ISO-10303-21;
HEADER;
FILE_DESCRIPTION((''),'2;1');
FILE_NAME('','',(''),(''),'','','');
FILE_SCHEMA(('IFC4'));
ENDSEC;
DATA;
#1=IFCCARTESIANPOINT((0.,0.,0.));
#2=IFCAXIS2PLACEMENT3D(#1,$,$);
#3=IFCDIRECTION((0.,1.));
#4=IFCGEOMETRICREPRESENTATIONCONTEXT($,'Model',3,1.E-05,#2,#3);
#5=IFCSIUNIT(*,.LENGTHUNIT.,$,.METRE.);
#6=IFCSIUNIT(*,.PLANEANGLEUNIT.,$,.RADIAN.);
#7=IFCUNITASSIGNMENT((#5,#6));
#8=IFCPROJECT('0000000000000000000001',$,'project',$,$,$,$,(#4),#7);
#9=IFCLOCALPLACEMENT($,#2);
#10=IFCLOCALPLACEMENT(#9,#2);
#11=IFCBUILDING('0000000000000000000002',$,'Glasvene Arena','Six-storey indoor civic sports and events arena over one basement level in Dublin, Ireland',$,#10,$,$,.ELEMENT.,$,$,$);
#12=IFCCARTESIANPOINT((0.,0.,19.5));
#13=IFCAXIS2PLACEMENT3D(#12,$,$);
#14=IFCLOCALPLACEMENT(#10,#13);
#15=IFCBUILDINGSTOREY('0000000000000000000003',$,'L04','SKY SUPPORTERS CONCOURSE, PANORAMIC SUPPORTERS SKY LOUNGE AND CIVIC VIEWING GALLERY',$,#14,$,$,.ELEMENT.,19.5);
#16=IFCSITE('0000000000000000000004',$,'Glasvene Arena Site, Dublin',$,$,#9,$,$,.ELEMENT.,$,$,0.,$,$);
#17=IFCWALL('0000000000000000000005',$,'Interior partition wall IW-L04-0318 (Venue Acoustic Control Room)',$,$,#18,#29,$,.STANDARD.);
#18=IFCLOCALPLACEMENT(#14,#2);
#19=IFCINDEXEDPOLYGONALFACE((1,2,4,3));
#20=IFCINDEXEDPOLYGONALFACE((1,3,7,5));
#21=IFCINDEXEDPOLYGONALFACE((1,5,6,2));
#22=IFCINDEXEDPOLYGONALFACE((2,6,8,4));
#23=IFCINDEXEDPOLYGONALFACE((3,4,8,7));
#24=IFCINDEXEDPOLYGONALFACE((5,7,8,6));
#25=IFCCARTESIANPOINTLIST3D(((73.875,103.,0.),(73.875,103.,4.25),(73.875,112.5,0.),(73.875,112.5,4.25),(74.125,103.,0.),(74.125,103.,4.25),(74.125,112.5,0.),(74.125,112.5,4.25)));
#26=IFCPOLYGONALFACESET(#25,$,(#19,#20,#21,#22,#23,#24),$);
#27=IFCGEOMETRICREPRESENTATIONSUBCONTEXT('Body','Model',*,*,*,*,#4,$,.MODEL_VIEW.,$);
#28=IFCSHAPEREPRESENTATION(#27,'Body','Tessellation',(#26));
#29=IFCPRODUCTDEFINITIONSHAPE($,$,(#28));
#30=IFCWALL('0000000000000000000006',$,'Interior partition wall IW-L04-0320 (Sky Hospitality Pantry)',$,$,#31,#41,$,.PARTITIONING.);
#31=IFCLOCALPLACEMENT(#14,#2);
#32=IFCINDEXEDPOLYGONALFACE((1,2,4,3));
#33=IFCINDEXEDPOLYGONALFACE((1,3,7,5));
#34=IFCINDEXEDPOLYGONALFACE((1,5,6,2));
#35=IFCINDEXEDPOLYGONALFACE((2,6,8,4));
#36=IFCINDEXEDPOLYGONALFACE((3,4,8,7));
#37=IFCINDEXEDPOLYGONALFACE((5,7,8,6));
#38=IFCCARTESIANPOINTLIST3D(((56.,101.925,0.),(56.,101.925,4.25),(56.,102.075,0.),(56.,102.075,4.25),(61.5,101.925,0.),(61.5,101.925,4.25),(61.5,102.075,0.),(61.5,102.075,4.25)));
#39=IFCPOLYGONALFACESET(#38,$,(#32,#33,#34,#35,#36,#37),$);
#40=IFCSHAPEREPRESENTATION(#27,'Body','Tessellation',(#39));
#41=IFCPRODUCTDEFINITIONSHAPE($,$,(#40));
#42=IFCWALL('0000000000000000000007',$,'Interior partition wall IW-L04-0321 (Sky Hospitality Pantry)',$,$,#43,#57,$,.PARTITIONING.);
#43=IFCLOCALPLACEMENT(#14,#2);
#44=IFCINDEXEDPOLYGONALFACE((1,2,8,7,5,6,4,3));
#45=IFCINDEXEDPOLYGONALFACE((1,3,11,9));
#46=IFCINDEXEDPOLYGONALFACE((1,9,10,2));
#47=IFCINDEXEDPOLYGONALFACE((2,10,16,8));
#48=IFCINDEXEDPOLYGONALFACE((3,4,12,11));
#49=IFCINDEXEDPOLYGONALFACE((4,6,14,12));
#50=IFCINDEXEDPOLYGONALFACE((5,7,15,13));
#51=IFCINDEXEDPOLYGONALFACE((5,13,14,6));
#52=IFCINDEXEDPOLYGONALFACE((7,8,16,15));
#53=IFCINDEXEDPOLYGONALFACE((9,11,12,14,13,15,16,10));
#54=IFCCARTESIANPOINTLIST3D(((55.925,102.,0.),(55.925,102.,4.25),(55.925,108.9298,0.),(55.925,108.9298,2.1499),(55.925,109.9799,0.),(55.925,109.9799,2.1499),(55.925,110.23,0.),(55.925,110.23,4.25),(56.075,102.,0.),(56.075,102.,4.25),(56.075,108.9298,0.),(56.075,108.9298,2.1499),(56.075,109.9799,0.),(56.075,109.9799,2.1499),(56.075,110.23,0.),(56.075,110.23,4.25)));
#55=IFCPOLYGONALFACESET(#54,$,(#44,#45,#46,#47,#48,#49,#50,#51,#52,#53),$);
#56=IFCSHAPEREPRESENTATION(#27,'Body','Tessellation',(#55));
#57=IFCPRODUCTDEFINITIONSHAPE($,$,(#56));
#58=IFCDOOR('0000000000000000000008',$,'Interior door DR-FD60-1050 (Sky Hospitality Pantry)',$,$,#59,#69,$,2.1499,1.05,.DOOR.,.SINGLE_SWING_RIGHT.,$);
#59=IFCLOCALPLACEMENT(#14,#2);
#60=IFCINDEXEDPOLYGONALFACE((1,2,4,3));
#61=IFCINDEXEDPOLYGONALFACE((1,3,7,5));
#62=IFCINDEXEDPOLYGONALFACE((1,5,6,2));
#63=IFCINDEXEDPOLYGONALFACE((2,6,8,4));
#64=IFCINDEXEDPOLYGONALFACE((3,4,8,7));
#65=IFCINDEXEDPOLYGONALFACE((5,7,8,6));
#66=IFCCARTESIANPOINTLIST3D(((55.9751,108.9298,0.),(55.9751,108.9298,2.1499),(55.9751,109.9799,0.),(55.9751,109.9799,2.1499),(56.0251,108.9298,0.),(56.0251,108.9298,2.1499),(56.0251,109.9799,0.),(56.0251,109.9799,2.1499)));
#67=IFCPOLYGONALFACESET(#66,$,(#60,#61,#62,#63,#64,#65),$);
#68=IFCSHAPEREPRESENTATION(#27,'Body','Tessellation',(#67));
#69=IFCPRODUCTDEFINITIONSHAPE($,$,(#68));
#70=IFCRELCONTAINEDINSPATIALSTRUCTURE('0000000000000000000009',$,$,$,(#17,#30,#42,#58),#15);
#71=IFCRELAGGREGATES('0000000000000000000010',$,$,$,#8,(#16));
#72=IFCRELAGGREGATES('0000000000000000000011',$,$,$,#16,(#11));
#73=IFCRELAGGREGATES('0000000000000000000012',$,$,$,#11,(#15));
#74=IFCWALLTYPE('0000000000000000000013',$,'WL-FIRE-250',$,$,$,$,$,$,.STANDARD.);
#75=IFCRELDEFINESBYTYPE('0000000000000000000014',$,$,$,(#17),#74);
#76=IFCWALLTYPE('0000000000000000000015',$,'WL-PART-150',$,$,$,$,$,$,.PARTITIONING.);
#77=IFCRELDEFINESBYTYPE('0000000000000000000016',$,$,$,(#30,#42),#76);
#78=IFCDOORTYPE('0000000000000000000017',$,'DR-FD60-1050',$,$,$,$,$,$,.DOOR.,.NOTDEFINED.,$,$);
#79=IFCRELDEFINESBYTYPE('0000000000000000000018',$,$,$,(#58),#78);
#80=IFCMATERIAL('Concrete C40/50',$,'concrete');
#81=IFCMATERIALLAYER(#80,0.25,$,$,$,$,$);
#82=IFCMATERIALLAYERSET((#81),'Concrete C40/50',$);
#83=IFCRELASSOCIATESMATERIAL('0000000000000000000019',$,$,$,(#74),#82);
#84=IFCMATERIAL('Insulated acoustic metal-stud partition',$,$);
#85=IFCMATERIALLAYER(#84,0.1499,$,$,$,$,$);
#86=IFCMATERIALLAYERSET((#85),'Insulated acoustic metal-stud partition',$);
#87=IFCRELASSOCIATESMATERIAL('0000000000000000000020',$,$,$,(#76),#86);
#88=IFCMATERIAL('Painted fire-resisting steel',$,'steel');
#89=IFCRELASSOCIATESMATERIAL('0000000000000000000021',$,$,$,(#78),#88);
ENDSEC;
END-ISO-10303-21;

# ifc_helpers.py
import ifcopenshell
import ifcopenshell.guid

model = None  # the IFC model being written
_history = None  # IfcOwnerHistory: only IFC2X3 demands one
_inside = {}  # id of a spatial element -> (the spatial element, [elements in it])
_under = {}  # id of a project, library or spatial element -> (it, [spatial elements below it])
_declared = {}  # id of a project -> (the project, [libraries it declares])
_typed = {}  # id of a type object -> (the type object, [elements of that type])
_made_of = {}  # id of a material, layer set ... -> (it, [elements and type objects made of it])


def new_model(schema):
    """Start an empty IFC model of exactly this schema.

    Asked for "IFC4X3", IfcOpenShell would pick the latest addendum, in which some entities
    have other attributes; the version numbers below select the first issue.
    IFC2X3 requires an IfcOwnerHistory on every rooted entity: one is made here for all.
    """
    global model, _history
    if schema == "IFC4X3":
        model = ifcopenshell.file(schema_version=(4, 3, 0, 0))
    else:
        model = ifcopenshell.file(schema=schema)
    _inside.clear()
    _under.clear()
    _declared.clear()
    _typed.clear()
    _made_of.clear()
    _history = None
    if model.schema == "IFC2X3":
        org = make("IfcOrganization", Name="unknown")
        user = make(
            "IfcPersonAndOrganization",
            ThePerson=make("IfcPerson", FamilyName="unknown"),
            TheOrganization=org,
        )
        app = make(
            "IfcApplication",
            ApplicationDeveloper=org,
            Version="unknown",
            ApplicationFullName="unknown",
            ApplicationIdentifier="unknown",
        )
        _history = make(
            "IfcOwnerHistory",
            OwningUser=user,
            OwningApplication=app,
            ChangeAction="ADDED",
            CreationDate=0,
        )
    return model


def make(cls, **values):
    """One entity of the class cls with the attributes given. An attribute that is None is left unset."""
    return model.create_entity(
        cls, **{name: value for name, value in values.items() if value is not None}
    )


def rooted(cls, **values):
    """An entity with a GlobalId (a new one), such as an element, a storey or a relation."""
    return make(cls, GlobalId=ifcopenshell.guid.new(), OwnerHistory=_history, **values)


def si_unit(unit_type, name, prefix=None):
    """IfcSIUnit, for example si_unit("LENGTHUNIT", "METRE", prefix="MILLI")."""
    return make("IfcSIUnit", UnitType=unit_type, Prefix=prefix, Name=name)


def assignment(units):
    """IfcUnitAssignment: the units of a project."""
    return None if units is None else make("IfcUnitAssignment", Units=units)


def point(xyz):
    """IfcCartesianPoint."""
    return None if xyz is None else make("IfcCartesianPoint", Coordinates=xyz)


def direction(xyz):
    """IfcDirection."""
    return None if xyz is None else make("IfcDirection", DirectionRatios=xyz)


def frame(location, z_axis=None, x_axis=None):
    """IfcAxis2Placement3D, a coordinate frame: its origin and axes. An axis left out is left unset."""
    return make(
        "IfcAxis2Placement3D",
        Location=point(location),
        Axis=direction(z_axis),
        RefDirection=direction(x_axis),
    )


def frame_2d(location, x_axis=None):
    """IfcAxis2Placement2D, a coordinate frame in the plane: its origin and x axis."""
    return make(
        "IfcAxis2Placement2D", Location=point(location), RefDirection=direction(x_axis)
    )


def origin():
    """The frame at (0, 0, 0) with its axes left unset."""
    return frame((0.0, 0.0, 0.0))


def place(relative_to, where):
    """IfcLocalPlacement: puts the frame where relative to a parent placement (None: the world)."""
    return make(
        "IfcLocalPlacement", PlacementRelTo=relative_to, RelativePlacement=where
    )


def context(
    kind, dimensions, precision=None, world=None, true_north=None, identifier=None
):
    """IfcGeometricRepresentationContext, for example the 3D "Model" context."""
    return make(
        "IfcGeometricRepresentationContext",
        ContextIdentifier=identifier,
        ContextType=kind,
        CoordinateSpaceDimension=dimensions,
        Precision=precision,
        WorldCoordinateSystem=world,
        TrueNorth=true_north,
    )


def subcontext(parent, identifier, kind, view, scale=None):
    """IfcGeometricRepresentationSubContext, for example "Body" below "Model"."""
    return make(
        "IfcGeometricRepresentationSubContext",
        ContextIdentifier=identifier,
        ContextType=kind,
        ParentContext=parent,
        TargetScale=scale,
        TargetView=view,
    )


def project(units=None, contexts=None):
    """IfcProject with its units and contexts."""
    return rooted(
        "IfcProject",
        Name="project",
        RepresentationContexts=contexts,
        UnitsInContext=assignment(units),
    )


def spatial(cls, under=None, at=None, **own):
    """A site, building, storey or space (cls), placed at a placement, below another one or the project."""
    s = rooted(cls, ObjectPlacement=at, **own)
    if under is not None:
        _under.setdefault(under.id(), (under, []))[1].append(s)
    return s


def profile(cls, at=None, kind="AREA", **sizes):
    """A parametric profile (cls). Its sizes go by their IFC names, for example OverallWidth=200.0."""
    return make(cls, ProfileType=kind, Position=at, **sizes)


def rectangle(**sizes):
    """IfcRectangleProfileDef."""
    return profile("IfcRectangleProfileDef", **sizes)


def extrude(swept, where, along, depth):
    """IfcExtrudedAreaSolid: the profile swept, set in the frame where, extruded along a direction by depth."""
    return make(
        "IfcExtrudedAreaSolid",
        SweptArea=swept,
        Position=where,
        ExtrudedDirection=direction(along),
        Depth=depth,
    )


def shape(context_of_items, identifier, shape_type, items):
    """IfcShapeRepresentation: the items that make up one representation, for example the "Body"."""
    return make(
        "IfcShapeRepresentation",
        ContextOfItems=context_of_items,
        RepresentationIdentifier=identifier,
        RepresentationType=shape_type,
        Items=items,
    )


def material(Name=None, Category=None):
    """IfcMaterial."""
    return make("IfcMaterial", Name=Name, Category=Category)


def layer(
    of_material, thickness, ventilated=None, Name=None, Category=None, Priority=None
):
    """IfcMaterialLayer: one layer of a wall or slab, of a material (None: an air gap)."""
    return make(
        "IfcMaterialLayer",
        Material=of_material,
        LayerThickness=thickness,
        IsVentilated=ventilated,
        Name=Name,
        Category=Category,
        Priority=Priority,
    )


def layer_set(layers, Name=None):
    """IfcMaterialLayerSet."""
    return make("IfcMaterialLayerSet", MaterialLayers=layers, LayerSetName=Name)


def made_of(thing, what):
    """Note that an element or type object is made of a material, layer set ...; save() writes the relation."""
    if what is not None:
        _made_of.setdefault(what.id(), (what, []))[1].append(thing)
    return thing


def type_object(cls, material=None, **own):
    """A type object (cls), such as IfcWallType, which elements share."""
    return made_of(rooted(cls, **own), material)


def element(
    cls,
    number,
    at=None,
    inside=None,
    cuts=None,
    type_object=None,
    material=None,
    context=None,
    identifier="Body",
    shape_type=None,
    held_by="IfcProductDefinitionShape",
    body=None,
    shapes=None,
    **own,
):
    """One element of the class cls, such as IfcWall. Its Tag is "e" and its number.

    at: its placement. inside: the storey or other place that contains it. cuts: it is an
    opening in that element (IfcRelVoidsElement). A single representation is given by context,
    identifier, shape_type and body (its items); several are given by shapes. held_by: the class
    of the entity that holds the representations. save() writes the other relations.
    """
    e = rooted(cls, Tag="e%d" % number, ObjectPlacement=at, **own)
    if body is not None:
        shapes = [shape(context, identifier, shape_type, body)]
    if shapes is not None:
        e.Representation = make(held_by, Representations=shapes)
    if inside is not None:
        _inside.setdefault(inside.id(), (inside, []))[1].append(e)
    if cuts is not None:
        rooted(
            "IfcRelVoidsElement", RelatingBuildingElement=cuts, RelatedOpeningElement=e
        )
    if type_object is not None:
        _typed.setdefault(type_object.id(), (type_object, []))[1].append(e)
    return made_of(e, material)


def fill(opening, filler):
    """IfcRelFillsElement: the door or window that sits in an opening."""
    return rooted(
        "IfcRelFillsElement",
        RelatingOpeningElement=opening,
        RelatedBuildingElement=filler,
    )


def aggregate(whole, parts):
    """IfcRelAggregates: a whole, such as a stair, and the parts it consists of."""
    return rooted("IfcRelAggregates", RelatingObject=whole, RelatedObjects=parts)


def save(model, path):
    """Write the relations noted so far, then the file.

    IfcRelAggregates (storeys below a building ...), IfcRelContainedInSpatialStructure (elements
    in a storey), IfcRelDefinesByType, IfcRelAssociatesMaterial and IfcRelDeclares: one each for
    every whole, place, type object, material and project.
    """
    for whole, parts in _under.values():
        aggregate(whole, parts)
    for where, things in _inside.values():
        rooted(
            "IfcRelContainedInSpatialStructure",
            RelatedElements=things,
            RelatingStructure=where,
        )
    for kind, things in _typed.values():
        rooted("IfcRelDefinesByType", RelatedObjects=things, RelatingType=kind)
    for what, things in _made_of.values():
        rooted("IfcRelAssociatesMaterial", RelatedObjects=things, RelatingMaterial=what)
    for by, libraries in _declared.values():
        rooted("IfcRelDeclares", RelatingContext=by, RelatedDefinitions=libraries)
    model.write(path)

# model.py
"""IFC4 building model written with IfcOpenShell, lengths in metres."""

from ifc_helpers import new_model, si_unit, direction, frame, frame_2d, origin, place, context, subcontext, project, spatial, rectangle, extrude, material, layer, layer_set, type_object, element, fill, save


model = new_model("IFC4")

# Units and contexts
model_context = context("Model", 3, precision=1e-05, world=origin(), true_north=direction((0.0, 1.0)))
body_context = subcontext(model_context, "Body", "Model", "MODEL_VIEW")
ifc_project = project(units=[si_unit("LENGTHUNIT", "METRE"), si_unit("PLANEANGLEUNIT", "RADIAN")], contexts=[model_context])

# Site, building, storey
site_placement = place(None, origin())
site = spatial("IfcSite", under=ifc_project, at=site_placement, Name="Glasvene Arena Site, Dublin", CompositionType="ELEMENT", RefElevation=0.0)
building_placement = place(site_placement, origin())
building = spatial("IfcBuilding", under=site, at=building_placement, Name="Glasvene Arena", Description="Six-storey indoor civic sports and events arena over one basement level in Dublin, Ireland", CompositionType="ELEMENT")
storey_placement = place(building_placement, frame((0.0, 0.0, 19.5)))
storey = spatial("IfcBuildingStorey", under=building, at=storey_placement, Name="L04", Description="SKY SUPPORTERS CONCOURSE, PANORAMIC SUPPORTERS SKY LOUNGE AND CIVIC VIEWING GALLERY", CompositionType="ELEMENT", Elevation=19.5)

# Shared definitions
ifc_material_1 = material(Name="Concrete C40/50", Category="concrete")
ifc_material_2 = material(Name="Painted fire-resisting steel", Category="steel")

# Walls
ifc_layer_1 = layer(ifc_material_1, 0.25)
ifc_layer_set_1 = layer_set([ifc_layer_1], Name="Concrete C40/50")
wall_type_1 = type_object("IfcWallType", Name="WL-FIRE-250", PredefinedType="STANDARD", material=ifc_layer_set_1)
wall_1_placement = place(storey_placement, frame((74.0, 103.0, 0.0), z_axis=(0.0, 0.0, 1.0), x_axis=(0.0, 1.0, 0.0)))
element("IfcWall", 1, at=wall_1_placement, inside=storey, type_object=wall_type_1, Name="Interior partition wall IW-L04-0318 (Venue Acoustic Control Room)", PredefinedType="STANDARD", context=body_context, shape_type="SweptSolid", body=[
    extrude(rectangle(XDim=9.5, YDim=0.25, at=frame_2d((4.75, 0.0))), origin(), (0.0, 0.0, 1.0), 4.25),
])
ifc_material_3 = material(Name="Insulated acoustic metal-stud partition")
ifc_layer_2 = layer(ifc_material_3, 0.1499)
ifc_layer_set_2 = layer_set([ifc_layer_2], Name="Insulated acoustic metal-stud partition")
wall_type_2 = type_object("IfcWallType", Name="WL-PART-150", PredefinedType="PARTITIONING", material=ifc_layer_set_2)
wall_2_placement = place(storey_placement, frame((61.5, 102.0, 0.0), z_axis=(0.0, 0.0, 1.0), x_axis=(-1.0, 0.0, 0.0)))
element("IfcWall", 2, at=wall_2_placement, inside=storey, type_object=wall_type_2, Name="Interior partition wall IW-L04-0320 (Sky Hospitality Pantry)", PredefinedType="PARTITIONING", context=body_context, shape_type="SweptSolid", body=[
    extrude(rectangle(XDim=5.5, YDim=0.1499, at=frame_2d((2.75, 0.0))), origin(), (0.0, 0.0, 1.0), 4.25),
])

# Wall, opening, door
wall_3_placement = place(storey_placement, frame((56.0, 102.0, 0.0), z_axis=(0.0, 0.0, 1.0), x_axis=(0.0, 1.0, 0.0)))
wall_3 = element("IfcWall", 3, at=wall_3_placement, inside=storey, type_object=wall_type_2, Name="Interior partition wall IW-L04-0321 (Sky Hospitality Pantry)", PredefinedType="PARTITIONING", context=body_context, shape_type="SweptSolid", body=[
    extrude(rectangle(XDim=8.23, YDim=0.1499, at=frame_2d((4.115, 0.0))), origin(), (0.0, 0.0, 1.0), 4.25),
])
opening_1_placement = place(wall_3_placement, frame((6.9299, 0.0, 0.0)))
opening_1 = element("IfcOpeningElement", 4, at=opening_1_placement, cuts=wall_3, PredefinedType="OPENING", context=body_context, shape_type="SweptSolid", body=[
    extrude(rectangle(XDim=1.05, YDim=2.1499, at=frame_2d((0.5249, 1.075))), frame((0.0, 0.085, 0.0), z_axis=(0.0, -1.0, 0.0), x_axis=(1.0, 0.0, 0.0)), (0.0, 0.0, 1.0), 0.1699),
])
door_type_1 = type_object("IfcDoorType", Name="DR-FD60-1050", OperationType="NOTDEFINED", PredefinedType="DOOR", material=ifc_material_2)
door_1_placement = place(opening_1_placement, origin())
door_1 = element("IfcDoor", 5, at=door_1_placement, inside=storey, type_object=door_type_1, Name="Interior door DR-FD60-1050 (Sky Hospitality Pantry)", OperationType="SINGLE_SWING_RIGHT", OverallHeight=2.1499, OverallWidth=1.05, PredefinedType="DOOR", context=body_context, shape_type="SweptSolid", body=[
    extrude(rectangle(XDim=1.05, YDim=2.1499, at=frame_2d((0.5249, 1.075))), frame((0.0, 0.0249, 0.0), z_axis=(0.0, -1.0, 0.0), x_axis=(1.0, 0.0, 0.0)), (0.0, 0.0, 1.0), 0.05),
])
fill(opening_1, door_1)

save(model, "model.ifc")
